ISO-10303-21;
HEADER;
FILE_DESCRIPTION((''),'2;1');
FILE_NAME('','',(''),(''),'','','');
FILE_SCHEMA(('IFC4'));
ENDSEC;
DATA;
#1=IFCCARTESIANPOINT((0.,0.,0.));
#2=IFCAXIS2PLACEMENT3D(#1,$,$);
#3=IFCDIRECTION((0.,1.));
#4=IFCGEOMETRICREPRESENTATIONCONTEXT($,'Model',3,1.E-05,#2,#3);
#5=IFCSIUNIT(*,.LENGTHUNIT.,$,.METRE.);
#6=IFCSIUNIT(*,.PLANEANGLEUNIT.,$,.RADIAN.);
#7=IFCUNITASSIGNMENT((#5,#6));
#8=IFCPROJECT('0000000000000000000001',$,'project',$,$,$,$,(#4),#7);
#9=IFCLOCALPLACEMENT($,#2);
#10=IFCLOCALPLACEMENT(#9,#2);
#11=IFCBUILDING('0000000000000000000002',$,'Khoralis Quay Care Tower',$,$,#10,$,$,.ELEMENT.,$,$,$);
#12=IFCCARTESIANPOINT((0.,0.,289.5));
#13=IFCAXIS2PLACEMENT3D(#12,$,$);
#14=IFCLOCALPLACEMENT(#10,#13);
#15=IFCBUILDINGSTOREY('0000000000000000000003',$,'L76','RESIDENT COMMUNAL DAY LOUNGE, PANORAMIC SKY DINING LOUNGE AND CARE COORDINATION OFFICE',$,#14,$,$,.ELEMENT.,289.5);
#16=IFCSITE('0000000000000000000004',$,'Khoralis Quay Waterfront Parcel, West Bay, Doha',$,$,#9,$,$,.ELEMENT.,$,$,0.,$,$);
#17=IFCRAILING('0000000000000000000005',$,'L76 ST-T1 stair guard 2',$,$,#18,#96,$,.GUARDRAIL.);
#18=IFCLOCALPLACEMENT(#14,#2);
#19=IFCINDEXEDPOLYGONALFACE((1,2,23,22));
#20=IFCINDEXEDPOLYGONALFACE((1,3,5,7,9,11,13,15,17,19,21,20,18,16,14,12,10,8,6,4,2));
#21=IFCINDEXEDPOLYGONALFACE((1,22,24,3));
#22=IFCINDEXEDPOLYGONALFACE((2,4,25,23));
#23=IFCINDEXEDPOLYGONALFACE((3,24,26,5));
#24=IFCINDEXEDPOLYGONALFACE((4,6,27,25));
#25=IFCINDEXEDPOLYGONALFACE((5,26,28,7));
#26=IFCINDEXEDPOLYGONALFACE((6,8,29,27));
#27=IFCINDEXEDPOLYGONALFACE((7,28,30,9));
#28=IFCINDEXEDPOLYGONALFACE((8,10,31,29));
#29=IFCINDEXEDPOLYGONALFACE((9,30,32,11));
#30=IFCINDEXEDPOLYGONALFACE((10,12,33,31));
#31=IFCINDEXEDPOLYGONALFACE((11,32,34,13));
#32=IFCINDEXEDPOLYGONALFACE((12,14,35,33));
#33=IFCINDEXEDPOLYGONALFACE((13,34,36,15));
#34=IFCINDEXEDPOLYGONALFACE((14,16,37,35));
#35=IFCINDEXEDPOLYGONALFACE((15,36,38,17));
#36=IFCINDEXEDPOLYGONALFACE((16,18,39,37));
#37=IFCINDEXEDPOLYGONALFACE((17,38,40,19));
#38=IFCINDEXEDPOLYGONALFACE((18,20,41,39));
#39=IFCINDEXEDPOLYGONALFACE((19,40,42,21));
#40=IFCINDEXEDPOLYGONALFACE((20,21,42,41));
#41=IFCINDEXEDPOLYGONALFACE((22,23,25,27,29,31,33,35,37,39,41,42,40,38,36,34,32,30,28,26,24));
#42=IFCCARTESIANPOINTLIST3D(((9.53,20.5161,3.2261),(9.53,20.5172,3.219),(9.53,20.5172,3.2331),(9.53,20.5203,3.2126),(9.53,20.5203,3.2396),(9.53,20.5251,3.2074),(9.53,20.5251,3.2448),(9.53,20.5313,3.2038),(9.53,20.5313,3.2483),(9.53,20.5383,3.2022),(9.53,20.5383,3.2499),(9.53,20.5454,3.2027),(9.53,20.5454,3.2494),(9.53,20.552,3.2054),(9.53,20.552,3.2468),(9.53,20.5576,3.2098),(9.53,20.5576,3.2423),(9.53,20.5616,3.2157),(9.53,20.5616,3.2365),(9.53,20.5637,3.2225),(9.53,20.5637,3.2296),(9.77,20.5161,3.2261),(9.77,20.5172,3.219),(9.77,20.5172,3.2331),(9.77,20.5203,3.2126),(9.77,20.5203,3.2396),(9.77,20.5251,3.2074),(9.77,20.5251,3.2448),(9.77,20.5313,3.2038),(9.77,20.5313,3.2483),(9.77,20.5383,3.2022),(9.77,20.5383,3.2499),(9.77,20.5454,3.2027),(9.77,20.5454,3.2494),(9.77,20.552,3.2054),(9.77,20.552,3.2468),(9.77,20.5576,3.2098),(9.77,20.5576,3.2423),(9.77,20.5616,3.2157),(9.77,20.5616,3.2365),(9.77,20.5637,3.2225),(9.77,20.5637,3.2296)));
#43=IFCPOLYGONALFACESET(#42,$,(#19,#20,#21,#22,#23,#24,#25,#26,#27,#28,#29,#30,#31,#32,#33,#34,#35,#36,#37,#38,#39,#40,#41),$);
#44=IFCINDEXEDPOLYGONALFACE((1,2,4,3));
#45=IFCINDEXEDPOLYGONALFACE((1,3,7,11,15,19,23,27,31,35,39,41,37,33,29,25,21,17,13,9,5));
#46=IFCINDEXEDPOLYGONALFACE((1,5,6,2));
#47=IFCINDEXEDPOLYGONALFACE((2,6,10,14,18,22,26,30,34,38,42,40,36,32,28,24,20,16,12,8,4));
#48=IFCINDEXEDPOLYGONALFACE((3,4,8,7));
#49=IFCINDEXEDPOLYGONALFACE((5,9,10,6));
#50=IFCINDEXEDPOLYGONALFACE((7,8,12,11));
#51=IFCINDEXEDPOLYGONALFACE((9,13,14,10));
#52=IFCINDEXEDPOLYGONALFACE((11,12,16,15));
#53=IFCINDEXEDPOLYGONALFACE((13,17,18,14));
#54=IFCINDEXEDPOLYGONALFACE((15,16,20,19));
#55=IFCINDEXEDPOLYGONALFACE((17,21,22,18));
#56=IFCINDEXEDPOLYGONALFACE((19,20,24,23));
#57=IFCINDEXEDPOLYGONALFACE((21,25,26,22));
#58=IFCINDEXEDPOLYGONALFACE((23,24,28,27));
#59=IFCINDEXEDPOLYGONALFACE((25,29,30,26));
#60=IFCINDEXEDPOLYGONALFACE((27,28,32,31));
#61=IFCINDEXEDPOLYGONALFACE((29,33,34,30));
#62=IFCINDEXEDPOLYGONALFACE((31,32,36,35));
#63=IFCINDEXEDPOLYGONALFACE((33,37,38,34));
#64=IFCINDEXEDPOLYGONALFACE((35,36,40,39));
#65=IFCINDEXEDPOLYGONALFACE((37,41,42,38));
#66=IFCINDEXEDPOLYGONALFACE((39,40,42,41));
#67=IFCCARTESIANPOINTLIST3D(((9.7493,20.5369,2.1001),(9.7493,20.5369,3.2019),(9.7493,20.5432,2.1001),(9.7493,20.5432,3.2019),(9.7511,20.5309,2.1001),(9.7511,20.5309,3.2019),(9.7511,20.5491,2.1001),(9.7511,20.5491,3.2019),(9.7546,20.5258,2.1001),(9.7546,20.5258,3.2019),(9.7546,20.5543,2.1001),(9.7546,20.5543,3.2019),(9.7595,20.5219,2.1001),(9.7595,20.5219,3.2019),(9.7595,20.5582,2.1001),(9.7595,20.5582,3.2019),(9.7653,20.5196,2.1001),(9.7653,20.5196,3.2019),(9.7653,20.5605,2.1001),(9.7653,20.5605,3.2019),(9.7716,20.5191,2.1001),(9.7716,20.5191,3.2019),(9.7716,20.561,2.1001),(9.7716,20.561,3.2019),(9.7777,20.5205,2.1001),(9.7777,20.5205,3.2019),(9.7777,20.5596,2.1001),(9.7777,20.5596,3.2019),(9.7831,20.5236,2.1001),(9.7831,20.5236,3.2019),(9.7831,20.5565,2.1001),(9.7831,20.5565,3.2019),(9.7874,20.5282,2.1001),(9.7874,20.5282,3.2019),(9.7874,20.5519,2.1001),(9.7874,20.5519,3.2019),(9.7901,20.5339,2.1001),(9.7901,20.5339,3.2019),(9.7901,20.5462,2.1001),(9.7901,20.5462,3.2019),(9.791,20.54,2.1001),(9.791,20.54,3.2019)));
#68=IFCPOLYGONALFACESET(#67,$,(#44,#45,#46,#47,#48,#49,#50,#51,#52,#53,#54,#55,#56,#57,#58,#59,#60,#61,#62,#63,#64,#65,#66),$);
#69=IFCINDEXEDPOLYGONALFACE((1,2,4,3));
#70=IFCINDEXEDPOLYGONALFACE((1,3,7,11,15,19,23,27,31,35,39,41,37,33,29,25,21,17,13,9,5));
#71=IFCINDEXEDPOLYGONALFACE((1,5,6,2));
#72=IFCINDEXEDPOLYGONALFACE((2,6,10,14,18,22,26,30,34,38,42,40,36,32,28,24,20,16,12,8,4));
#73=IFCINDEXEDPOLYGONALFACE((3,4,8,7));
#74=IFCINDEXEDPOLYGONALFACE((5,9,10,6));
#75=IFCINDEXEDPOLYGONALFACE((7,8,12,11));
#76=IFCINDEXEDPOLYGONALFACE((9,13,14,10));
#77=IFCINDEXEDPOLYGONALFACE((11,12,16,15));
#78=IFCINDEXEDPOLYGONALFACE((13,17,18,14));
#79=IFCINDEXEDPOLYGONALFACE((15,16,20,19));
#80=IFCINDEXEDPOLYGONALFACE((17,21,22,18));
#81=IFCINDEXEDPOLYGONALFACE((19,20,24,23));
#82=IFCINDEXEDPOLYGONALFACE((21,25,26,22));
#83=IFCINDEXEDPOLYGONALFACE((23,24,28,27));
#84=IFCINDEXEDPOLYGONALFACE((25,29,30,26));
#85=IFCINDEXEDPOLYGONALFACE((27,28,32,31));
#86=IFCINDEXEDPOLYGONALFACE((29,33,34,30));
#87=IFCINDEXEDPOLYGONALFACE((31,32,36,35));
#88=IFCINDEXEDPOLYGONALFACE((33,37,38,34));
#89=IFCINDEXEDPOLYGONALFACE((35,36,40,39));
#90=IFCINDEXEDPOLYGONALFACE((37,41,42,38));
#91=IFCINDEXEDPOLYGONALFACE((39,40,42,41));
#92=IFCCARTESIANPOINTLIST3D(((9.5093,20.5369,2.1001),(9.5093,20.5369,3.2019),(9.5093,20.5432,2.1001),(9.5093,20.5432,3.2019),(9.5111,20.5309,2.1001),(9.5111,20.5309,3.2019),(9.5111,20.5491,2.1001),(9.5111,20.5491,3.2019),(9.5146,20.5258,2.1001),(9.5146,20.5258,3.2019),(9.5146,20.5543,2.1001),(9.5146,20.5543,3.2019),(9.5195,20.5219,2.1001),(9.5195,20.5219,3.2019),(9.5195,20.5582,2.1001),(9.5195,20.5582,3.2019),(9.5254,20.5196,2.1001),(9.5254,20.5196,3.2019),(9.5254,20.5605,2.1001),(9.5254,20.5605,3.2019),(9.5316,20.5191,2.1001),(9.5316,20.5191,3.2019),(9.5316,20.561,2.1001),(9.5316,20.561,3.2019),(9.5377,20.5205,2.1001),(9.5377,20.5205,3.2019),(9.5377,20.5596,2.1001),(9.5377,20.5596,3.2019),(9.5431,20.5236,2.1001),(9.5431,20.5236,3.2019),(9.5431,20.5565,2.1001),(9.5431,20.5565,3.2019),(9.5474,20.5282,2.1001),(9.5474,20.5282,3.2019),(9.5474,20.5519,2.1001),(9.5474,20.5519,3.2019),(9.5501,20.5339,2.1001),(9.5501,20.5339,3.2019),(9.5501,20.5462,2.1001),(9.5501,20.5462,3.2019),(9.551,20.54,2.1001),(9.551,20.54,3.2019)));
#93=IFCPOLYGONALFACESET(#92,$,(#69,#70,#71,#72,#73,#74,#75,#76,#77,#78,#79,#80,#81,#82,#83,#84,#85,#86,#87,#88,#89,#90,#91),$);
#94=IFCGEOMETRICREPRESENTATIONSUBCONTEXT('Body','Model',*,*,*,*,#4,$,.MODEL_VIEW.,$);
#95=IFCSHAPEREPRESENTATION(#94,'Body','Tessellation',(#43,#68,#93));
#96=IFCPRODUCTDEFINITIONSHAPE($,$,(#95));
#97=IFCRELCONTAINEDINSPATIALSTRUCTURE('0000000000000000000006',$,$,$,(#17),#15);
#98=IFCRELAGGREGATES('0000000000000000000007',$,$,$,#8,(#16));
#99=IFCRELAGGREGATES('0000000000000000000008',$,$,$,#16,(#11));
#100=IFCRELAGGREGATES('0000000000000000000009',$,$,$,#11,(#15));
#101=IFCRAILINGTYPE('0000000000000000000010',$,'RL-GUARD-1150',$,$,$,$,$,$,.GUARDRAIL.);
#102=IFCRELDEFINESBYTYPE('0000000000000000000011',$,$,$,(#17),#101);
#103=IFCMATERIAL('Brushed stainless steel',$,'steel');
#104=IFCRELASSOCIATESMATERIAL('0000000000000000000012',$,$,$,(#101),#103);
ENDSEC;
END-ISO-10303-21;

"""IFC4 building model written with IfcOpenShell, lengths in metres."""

from ifc_helpers import new_model, si_unit, direction, frame, origin, origin_2d, place, context, subcontext, project, spatial, circle, extrude, material, type_object, element, save


model = new_model("IFC4")

# Units and contexts
model_context = context("Model", 3, precision=1e-05, world=origin(), true_north=direction((0.0, 1.0)))
body_context = subcontext(model_context, "Body", "Model", "MODEL_VIEW")
ifc_project = project(units=[si_unit("LENGTHUNIT", "METRE"), si_unit("PLANEANGLEUNIT", "RADIAN")], contexts=[model_context])

# Site, building, storey
site_placement = place(None, origin())
site = spatial("IfcSite", under=ifc_project, at=site_placement, Name="Khoralis Quay Waterfront Parcel, West Bay, Doha", CompositionType="ELEMENT", RefElevation=0.0)
building_placement = place(site_placement, origin())
building = spatial("IfcBuilding", under=site, at=building_placement, Name="Khoralis Quay Care Tower", CompositionType="ELEMENT")
storey_placement = place(building_placement, frame((0.0, 0.0, 289.5)))
storey = spatial("IfcBuildingStorey", under=building, at=storey_placement, Name="L76", Description="RESIDENT COMMUNAL DAY LOUNGE, PANORAMIC SKY DINING LOUNGE AND CARE COORDINATION OFFICE", CompositionType="ELEMENT", Elevation=289.5)

# Shared definitions
ifc_material_1 = material(Name="Brushed stainless steel", Category="steel")

# Railing
railing_type_1 = type_object("IfcRailingType", Name="RL-GUARD-1150", PredefinedType="GUARDRAIL", material=ifc_material_1)
railing_1_placement = place(storey_placement, frame((9.77, 20.54, 2.1001)))
element("IfcRailing", 1, at=railing_1_placement, inside=storey, type_object=railing_type_1, Name="L76 ST-T1 stair guard 2", PredefinedType="GUARDRAIL", context=body_context, shape_type="SweptSolid", body=[
    extrude(circle(Radius=0.0239, at=origin_2d()), frame((0.0, 0.0, 1.126), z_axis=(-1.0, 0.0, 0.0), x_axis=(0.0, -1.0, 0.0)), (0.0, 0.0, 1.0), 0.24),
    extrude(circle(Radius=0.021, at=origin_2d()), origin(), (0.0, 0.0, 1.0), 1.1018),
    extrude(circle(Radius=0.021, at=origin_2d()), frame((-0.24, 0.0, 0.0)), (0.0, 0.0, 1.0), 1.1018),
])

save(model, "model.ifc")
